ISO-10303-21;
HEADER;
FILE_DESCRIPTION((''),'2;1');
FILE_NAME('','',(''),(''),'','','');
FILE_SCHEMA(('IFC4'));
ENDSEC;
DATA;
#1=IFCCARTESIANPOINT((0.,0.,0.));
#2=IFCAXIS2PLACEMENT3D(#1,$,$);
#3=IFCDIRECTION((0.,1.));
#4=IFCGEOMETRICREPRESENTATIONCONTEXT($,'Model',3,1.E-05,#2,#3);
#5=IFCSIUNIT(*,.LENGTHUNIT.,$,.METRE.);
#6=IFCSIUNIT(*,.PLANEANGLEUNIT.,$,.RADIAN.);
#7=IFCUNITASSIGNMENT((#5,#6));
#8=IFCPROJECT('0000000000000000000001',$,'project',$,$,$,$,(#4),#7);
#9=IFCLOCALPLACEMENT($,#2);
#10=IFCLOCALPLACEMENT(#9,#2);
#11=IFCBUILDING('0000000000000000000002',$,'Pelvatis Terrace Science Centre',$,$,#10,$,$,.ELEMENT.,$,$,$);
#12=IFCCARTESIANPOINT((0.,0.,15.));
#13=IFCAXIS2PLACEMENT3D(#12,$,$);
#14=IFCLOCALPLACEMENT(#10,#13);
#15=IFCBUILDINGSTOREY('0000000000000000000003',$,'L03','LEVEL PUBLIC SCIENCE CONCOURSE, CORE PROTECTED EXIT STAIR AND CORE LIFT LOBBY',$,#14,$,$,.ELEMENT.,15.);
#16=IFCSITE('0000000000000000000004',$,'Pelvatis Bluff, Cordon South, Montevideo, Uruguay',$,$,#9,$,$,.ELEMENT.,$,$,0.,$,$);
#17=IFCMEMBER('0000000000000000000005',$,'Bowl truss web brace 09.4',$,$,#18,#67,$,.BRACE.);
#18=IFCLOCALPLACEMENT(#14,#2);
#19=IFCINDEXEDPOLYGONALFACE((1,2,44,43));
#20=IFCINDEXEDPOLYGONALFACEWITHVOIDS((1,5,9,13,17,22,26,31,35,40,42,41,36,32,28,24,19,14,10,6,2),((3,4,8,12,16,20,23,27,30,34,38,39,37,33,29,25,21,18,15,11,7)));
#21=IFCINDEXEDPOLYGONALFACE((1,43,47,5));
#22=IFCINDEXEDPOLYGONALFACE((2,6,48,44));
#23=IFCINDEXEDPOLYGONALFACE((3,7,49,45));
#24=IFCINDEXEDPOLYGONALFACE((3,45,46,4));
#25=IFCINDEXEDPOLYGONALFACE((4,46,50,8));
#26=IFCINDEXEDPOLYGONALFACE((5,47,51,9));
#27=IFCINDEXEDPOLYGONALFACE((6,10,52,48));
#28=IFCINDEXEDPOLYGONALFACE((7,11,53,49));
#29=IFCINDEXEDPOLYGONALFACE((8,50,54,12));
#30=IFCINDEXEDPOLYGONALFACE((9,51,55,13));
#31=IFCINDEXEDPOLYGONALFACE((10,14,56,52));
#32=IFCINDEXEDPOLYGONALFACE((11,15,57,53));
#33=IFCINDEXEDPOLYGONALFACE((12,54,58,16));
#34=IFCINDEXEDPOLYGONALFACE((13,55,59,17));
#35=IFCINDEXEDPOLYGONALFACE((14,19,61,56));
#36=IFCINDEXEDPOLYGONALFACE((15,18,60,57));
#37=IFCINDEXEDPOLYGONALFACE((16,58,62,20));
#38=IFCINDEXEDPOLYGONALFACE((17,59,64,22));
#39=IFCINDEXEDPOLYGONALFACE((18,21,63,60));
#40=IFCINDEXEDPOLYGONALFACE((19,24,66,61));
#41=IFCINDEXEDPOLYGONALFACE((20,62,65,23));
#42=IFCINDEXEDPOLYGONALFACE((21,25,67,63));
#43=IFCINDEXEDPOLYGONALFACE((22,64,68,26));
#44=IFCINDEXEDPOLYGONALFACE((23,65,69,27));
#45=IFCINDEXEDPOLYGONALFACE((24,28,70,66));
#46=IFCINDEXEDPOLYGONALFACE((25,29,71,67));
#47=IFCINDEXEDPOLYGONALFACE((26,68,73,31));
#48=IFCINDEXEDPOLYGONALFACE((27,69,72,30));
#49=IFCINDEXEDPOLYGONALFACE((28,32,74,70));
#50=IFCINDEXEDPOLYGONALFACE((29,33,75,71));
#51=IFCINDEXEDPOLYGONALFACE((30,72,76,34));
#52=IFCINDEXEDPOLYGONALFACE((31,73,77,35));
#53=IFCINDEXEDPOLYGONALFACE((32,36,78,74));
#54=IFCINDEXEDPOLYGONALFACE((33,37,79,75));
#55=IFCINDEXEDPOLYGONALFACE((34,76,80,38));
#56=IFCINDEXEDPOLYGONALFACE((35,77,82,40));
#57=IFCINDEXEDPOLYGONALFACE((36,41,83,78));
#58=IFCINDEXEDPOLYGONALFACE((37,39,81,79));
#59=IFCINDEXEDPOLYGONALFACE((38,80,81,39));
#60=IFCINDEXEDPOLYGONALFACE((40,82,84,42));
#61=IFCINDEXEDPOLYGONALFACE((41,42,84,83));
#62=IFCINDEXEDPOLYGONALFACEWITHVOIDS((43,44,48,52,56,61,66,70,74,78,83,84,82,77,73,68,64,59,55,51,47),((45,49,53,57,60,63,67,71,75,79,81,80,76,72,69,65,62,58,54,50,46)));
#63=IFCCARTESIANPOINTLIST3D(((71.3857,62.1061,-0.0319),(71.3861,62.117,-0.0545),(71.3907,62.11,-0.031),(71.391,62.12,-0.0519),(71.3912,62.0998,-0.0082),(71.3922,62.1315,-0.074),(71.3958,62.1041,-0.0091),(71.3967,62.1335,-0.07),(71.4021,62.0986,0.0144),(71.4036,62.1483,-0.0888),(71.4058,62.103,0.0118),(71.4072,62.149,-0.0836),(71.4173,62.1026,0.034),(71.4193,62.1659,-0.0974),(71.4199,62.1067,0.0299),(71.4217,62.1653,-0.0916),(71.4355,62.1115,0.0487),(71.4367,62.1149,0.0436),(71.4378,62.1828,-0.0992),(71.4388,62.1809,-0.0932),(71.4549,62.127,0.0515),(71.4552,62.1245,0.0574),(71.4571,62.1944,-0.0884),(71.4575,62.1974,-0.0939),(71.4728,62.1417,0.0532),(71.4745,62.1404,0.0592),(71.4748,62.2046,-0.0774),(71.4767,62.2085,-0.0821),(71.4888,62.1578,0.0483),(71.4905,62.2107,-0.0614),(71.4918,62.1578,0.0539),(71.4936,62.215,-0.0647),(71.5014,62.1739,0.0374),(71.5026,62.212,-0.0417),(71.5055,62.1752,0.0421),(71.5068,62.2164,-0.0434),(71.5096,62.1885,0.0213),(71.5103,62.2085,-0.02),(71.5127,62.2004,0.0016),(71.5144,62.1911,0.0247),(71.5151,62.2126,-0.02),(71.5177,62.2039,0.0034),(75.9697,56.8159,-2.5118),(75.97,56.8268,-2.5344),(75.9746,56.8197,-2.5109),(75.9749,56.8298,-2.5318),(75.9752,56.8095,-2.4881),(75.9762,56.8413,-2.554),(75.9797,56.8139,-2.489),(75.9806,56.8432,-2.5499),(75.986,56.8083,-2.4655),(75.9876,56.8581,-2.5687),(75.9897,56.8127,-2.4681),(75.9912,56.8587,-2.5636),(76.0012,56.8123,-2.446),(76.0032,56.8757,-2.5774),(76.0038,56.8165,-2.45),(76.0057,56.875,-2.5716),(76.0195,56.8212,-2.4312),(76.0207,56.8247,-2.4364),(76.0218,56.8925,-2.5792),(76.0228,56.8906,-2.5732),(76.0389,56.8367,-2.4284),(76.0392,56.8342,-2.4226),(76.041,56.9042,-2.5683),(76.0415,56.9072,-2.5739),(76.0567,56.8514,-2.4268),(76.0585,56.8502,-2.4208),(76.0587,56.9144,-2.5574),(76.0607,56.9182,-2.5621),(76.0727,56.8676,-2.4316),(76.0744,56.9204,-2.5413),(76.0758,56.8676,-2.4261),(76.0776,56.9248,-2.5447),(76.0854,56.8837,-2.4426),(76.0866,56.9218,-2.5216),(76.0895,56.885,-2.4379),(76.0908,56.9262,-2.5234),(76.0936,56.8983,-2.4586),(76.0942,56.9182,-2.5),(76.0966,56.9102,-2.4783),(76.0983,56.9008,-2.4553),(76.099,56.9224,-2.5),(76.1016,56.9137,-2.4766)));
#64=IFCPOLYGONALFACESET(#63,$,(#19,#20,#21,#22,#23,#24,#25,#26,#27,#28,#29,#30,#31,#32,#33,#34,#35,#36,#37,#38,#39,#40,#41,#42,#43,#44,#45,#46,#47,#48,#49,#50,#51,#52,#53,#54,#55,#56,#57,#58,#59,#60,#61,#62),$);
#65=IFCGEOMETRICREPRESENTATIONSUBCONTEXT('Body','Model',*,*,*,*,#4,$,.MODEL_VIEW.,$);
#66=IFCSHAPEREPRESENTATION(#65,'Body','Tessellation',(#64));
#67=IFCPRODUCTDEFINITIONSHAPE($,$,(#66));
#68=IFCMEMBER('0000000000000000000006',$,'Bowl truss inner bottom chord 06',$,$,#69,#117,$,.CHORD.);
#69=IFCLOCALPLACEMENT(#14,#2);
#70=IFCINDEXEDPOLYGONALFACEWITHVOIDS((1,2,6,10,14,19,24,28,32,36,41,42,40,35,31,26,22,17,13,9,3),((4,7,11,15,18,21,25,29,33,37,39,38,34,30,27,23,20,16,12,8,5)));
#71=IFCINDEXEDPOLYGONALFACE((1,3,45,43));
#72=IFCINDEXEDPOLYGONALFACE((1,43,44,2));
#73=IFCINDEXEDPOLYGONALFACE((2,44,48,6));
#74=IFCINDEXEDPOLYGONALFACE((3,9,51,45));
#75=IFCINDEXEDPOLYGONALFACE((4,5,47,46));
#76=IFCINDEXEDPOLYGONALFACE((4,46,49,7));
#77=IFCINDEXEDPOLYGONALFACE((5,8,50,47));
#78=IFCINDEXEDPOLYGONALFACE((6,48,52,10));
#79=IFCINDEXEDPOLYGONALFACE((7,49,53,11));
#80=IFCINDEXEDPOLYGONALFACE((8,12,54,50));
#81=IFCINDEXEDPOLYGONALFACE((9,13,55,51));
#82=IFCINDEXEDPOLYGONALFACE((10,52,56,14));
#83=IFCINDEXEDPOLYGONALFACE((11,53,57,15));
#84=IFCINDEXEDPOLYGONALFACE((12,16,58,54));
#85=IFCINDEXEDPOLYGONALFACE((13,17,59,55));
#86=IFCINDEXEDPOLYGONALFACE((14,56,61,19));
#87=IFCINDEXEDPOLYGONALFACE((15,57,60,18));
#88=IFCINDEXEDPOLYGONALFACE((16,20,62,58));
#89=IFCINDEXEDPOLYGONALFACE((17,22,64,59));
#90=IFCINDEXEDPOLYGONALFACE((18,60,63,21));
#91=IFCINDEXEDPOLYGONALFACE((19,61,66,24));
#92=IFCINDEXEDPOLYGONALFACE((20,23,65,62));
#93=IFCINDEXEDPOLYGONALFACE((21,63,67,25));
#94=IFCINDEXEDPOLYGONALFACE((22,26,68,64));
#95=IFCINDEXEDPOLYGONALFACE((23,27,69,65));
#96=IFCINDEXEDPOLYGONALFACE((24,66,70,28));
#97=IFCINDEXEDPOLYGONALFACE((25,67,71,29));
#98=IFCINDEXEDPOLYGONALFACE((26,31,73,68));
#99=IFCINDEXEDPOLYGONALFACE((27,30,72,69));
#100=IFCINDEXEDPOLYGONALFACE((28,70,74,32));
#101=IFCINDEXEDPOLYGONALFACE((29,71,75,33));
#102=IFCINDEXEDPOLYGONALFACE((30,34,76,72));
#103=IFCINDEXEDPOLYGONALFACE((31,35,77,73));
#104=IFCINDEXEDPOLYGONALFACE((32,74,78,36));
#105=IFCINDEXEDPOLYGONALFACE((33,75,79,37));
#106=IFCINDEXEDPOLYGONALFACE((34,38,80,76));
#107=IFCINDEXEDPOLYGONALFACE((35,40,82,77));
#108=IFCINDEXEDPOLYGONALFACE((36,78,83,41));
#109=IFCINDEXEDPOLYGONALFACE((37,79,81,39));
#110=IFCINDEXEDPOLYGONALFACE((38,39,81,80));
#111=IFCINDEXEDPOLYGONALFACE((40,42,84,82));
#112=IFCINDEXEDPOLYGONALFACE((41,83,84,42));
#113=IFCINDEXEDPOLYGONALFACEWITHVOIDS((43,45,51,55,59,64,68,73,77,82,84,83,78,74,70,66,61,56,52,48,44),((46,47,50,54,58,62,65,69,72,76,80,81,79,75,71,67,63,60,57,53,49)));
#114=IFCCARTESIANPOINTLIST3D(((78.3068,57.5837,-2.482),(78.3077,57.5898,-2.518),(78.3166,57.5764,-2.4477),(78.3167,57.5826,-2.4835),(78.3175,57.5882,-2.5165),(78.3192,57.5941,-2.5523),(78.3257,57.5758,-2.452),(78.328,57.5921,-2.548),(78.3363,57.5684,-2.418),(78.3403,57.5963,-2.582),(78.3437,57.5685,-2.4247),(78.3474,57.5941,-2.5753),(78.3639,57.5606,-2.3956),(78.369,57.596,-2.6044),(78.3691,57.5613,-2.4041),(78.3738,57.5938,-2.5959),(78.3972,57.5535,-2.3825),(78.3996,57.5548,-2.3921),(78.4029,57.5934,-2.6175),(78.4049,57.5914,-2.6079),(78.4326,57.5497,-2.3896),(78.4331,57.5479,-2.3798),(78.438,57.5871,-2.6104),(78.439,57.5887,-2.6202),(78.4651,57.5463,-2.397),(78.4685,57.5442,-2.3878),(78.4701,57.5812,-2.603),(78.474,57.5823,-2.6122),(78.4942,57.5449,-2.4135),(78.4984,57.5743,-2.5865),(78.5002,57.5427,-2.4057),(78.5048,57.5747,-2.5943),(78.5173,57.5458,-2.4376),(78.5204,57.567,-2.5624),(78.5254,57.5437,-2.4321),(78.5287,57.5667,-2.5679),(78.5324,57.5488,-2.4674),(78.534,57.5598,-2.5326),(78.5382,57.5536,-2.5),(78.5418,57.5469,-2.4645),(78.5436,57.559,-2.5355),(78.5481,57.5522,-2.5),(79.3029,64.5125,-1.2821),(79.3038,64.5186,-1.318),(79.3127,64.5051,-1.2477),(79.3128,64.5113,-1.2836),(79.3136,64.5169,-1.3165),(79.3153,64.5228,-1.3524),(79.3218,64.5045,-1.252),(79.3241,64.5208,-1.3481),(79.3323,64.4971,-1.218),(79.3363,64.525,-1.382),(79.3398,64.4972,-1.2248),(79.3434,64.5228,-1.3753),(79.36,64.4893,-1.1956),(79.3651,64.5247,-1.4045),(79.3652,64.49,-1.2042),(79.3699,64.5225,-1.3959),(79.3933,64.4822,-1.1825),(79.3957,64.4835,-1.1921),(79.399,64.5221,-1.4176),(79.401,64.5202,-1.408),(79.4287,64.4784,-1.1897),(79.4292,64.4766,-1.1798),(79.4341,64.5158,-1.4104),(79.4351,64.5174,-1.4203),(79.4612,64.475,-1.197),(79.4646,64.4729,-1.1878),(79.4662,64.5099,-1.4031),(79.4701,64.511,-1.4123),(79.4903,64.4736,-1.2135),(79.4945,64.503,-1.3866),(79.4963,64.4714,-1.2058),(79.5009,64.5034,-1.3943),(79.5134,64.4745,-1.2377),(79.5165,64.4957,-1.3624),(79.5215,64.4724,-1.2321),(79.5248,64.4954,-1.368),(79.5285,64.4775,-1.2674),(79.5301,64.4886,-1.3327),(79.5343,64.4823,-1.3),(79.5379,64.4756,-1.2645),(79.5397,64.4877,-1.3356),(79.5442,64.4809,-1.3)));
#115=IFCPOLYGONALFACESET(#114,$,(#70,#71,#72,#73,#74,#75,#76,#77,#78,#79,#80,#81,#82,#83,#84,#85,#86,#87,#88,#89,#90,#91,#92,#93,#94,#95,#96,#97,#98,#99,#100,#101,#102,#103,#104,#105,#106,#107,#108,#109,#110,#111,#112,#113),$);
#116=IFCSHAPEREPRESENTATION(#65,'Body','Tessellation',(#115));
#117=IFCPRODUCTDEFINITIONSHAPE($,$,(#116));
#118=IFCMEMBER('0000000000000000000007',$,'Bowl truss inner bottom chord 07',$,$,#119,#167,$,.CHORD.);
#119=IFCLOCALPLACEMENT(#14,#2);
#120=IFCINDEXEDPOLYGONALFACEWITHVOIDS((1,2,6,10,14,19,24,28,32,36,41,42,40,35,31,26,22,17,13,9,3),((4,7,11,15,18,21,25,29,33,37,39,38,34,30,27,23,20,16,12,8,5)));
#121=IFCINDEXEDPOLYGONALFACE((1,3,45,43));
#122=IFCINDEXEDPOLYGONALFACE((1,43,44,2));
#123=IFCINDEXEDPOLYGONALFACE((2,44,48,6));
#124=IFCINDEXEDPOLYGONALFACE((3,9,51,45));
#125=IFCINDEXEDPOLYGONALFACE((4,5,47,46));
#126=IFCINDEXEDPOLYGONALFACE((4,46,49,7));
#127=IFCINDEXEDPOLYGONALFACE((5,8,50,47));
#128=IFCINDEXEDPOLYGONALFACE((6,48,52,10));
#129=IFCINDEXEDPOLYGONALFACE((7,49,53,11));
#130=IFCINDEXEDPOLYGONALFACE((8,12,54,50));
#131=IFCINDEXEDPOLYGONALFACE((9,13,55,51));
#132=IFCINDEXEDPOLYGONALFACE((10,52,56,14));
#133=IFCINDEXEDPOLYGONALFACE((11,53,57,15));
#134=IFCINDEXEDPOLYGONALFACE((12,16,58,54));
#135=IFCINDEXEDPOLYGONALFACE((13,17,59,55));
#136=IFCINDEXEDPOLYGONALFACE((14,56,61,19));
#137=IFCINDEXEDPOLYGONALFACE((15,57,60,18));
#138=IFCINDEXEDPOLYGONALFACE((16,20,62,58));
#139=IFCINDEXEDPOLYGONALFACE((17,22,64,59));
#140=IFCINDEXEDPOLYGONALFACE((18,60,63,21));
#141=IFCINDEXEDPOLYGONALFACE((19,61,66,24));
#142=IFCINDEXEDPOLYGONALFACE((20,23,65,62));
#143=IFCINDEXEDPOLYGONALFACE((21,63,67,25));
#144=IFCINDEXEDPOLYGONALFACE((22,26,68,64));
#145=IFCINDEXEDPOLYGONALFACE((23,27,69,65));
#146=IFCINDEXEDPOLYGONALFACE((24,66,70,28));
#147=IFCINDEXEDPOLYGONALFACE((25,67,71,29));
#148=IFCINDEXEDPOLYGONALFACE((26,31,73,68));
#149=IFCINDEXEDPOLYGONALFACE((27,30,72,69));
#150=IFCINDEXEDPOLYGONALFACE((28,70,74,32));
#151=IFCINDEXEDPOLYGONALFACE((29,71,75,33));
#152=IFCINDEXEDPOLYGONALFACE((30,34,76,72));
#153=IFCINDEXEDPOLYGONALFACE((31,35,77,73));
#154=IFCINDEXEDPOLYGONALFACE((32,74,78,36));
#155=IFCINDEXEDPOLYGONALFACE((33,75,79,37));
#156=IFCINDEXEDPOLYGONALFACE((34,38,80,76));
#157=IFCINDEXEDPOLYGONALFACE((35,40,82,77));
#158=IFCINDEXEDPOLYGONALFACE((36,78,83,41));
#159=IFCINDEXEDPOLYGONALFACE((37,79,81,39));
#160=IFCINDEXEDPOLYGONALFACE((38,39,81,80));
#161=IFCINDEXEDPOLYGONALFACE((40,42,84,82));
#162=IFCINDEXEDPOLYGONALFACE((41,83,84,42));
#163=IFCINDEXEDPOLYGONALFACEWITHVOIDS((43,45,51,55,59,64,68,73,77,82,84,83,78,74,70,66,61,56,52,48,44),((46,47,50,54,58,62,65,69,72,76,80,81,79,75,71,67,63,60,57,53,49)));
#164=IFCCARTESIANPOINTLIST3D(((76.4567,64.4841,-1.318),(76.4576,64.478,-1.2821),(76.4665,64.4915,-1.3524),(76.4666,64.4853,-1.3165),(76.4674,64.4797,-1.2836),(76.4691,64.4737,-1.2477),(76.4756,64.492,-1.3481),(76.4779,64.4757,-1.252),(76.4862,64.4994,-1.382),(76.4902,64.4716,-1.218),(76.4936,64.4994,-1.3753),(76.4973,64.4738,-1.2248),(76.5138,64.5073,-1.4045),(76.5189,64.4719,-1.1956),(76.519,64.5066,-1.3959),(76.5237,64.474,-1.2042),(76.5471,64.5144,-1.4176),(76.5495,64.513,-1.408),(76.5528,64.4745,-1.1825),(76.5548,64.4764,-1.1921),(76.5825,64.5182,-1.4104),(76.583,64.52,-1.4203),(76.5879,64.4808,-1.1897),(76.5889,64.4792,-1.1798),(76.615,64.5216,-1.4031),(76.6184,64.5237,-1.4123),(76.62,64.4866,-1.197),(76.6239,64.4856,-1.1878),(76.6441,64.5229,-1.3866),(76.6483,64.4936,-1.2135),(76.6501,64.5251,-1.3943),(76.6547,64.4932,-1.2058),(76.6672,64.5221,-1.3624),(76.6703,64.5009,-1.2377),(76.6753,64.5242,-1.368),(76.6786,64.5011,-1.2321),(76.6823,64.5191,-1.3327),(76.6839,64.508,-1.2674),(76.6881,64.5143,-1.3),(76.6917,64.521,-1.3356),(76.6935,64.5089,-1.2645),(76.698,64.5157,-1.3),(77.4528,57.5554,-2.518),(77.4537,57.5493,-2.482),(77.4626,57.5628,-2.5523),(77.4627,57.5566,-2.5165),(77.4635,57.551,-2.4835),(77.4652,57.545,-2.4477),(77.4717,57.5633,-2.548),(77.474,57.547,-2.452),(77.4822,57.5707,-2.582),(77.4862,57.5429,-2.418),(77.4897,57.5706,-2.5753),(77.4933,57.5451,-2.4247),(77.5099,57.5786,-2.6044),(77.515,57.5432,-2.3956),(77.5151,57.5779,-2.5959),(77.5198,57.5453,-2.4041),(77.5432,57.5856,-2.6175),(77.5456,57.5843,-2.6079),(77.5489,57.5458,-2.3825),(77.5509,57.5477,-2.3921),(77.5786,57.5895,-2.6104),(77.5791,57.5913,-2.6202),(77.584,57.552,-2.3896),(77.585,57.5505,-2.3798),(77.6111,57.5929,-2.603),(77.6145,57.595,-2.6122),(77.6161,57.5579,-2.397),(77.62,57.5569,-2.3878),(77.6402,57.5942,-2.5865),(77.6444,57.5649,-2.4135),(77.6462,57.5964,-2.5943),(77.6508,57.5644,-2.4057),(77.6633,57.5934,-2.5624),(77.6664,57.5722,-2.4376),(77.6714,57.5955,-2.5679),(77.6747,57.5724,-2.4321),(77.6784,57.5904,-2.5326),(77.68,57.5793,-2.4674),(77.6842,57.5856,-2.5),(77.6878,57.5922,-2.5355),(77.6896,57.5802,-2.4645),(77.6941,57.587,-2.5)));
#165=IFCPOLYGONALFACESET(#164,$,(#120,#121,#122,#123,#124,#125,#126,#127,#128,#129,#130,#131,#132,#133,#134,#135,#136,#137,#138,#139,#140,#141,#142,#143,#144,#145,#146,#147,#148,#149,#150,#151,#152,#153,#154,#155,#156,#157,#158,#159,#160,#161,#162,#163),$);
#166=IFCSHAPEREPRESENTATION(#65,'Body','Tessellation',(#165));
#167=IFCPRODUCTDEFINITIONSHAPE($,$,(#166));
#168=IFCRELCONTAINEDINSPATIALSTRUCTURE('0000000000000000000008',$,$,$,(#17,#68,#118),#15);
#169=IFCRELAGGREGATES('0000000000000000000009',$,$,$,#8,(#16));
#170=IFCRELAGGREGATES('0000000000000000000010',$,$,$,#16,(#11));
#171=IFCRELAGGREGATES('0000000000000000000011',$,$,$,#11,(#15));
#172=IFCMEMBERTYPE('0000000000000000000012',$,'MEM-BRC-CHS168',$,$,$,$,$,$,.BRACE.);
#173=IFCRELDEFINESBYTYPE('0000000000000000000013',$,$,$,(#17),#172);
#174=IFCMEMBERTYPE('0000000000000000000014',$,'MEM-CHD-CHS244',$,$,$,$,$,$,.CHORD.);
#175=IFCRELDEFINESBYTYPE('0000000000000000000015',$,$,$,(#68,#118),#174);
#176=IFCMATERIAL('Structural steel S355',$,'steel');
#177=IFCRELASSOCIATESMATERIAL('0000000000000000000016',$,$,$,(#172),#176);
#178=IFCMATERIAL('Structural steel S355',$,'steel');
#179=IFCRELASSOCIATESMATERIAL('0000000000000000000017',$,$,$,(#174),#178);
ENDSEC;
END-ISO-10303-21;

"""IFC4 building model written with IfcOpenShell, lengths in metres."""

from ifc_helpers import new_model, si_unit, direction, frame, origin, origin_2d, place, context, subcontext, project, spatial, hollow_circle, extrude, material, material_profile, profile_set, type_object, element, save


model = new_model("IFC4")

# Units and contexts
model_context = context("Model", 3, precision=1e-05, world=origin(), true_north=direction((0.0, 1.0)))
body_context = subcontext(model_context, "Body", "Model", "MODEL_VIEW")
ifc_project = project(units=[si_unit("LENGTHUNIT", "METRE"), si_unit("PLANEANGLEUNIT", "RADIAN")], contexts=[model_context])

# Site, building, storey
site_placement = place(None, origin())
site = spatial("IfcSite", under=ifc_project, at=site_placement, Name="Pelvatis Bluff, Cordon South, Montevideo, Uruguay", CompositionType="ELEMENT", RefElevation=0.0)
building_placement = place(site_placement, origin())
building = spatial("IfcBuilding", under=site, at=building_placement, Name="Pelvatis Terrace Science Centre", CompositionType="ELEMENT")
storey_placement = place(building_placement, frame((0.0, 0.0, 15.0)))
storey = spatial("IfcBuildingStorey", under=building, at=storey_placement, Name="L03", Description="LEVEL PUBLIC SCIENCE CONCOURSE, CORE PROTECTED EXIT STAIR AND CORE LIFT LOBBY", CompositionType="ELEMENT", Elevation=15.0)

# Members
ifc_material_1 = material(Name="Structural steel S355", Category="steel")
ifc_material_profile_1 = material_profile(ifc_material_1, hollow_circle(Radius=0.0842, WallThickness=0.0063, at=origin_2d()), Name="CHS 168.3x6.3")
ifc_profile_set_1 = profile_set([ifc_material_profile_1], Name="Structural steel S355")
member_type_1 = type_object("IfcMemberType", Name="MEM-BRC-CHS168", PredefinedType="BRACE", material=ifc_profile_set_1)
member_1_placement = place(storey_placement, frame((71.4514, 62.1575, -0.02), z_axis=(0.617261, -0.712369, -0.333944), x_axis=(0.755755, 0.654855, 0.0)))
element("IfcMember", 1, at=member_1_placement, inside=storey, type_object=member_type_1, Name="Bowl truss web brace 09.4", PredefinedType="BRACE", context=body_context, shape_type="SweptSolid", body=[
    extrude(hollow_circle(Radius=0.0842, WallThickness=0.0063, at=origin_2d()), origin(), (0.0, 0.0, 1.0), 7.4263),
])
ifc_material_2 = material(Name="Structural steel S355", Category="steel")
ifc_material_profile_2 = material_profile(ifc_material_2, hollow_circle(Radius=0.1223, WallThickness=0.01, at=origin_2d()), Name="CHS 244.5x10.0")
ifc_profile_set_2 = profile_set([ifc_material_profile_2], Name="Structural steel S355")
member_type_2 = type_object("IfcMemberType", Name="MEM-CHD-CHS244", PredefinedType="CHORD", material=ifc_profile_set_2)
for number, where, z_axis, x_axis, name in (
    (2, (79.4231, 64.4983, -1.3), (-0.140254, -0.975593, -0.168958), (0.989824, -0.1423, 0.0), "Bowl truss inner bottom chord 06"),
    (3, (76.5769, 64.4983, -1.3), (0.140254, -0.975593, -0.168958), (0.989824, 0.1423, 0.0), "Bowl truss inner bottom chord 07"),
):
    element("IfcMember", number, at=place(storey_placement, frame(where, z_axis=z_axis, x_axis=x_axis)), inside=storey, type_object=member_type_2, Name=name, PredefinedType="CHORD", context=body_context, shape_type="SweptSolid", body=[
        extrude(hollow_circle(Radius=0.1223, WallThickness=0.01, at=origin_2d()), origin(), (0.0, 0.0, 1.0), 7.1021),
    ])

save(model, "model.ifc")
